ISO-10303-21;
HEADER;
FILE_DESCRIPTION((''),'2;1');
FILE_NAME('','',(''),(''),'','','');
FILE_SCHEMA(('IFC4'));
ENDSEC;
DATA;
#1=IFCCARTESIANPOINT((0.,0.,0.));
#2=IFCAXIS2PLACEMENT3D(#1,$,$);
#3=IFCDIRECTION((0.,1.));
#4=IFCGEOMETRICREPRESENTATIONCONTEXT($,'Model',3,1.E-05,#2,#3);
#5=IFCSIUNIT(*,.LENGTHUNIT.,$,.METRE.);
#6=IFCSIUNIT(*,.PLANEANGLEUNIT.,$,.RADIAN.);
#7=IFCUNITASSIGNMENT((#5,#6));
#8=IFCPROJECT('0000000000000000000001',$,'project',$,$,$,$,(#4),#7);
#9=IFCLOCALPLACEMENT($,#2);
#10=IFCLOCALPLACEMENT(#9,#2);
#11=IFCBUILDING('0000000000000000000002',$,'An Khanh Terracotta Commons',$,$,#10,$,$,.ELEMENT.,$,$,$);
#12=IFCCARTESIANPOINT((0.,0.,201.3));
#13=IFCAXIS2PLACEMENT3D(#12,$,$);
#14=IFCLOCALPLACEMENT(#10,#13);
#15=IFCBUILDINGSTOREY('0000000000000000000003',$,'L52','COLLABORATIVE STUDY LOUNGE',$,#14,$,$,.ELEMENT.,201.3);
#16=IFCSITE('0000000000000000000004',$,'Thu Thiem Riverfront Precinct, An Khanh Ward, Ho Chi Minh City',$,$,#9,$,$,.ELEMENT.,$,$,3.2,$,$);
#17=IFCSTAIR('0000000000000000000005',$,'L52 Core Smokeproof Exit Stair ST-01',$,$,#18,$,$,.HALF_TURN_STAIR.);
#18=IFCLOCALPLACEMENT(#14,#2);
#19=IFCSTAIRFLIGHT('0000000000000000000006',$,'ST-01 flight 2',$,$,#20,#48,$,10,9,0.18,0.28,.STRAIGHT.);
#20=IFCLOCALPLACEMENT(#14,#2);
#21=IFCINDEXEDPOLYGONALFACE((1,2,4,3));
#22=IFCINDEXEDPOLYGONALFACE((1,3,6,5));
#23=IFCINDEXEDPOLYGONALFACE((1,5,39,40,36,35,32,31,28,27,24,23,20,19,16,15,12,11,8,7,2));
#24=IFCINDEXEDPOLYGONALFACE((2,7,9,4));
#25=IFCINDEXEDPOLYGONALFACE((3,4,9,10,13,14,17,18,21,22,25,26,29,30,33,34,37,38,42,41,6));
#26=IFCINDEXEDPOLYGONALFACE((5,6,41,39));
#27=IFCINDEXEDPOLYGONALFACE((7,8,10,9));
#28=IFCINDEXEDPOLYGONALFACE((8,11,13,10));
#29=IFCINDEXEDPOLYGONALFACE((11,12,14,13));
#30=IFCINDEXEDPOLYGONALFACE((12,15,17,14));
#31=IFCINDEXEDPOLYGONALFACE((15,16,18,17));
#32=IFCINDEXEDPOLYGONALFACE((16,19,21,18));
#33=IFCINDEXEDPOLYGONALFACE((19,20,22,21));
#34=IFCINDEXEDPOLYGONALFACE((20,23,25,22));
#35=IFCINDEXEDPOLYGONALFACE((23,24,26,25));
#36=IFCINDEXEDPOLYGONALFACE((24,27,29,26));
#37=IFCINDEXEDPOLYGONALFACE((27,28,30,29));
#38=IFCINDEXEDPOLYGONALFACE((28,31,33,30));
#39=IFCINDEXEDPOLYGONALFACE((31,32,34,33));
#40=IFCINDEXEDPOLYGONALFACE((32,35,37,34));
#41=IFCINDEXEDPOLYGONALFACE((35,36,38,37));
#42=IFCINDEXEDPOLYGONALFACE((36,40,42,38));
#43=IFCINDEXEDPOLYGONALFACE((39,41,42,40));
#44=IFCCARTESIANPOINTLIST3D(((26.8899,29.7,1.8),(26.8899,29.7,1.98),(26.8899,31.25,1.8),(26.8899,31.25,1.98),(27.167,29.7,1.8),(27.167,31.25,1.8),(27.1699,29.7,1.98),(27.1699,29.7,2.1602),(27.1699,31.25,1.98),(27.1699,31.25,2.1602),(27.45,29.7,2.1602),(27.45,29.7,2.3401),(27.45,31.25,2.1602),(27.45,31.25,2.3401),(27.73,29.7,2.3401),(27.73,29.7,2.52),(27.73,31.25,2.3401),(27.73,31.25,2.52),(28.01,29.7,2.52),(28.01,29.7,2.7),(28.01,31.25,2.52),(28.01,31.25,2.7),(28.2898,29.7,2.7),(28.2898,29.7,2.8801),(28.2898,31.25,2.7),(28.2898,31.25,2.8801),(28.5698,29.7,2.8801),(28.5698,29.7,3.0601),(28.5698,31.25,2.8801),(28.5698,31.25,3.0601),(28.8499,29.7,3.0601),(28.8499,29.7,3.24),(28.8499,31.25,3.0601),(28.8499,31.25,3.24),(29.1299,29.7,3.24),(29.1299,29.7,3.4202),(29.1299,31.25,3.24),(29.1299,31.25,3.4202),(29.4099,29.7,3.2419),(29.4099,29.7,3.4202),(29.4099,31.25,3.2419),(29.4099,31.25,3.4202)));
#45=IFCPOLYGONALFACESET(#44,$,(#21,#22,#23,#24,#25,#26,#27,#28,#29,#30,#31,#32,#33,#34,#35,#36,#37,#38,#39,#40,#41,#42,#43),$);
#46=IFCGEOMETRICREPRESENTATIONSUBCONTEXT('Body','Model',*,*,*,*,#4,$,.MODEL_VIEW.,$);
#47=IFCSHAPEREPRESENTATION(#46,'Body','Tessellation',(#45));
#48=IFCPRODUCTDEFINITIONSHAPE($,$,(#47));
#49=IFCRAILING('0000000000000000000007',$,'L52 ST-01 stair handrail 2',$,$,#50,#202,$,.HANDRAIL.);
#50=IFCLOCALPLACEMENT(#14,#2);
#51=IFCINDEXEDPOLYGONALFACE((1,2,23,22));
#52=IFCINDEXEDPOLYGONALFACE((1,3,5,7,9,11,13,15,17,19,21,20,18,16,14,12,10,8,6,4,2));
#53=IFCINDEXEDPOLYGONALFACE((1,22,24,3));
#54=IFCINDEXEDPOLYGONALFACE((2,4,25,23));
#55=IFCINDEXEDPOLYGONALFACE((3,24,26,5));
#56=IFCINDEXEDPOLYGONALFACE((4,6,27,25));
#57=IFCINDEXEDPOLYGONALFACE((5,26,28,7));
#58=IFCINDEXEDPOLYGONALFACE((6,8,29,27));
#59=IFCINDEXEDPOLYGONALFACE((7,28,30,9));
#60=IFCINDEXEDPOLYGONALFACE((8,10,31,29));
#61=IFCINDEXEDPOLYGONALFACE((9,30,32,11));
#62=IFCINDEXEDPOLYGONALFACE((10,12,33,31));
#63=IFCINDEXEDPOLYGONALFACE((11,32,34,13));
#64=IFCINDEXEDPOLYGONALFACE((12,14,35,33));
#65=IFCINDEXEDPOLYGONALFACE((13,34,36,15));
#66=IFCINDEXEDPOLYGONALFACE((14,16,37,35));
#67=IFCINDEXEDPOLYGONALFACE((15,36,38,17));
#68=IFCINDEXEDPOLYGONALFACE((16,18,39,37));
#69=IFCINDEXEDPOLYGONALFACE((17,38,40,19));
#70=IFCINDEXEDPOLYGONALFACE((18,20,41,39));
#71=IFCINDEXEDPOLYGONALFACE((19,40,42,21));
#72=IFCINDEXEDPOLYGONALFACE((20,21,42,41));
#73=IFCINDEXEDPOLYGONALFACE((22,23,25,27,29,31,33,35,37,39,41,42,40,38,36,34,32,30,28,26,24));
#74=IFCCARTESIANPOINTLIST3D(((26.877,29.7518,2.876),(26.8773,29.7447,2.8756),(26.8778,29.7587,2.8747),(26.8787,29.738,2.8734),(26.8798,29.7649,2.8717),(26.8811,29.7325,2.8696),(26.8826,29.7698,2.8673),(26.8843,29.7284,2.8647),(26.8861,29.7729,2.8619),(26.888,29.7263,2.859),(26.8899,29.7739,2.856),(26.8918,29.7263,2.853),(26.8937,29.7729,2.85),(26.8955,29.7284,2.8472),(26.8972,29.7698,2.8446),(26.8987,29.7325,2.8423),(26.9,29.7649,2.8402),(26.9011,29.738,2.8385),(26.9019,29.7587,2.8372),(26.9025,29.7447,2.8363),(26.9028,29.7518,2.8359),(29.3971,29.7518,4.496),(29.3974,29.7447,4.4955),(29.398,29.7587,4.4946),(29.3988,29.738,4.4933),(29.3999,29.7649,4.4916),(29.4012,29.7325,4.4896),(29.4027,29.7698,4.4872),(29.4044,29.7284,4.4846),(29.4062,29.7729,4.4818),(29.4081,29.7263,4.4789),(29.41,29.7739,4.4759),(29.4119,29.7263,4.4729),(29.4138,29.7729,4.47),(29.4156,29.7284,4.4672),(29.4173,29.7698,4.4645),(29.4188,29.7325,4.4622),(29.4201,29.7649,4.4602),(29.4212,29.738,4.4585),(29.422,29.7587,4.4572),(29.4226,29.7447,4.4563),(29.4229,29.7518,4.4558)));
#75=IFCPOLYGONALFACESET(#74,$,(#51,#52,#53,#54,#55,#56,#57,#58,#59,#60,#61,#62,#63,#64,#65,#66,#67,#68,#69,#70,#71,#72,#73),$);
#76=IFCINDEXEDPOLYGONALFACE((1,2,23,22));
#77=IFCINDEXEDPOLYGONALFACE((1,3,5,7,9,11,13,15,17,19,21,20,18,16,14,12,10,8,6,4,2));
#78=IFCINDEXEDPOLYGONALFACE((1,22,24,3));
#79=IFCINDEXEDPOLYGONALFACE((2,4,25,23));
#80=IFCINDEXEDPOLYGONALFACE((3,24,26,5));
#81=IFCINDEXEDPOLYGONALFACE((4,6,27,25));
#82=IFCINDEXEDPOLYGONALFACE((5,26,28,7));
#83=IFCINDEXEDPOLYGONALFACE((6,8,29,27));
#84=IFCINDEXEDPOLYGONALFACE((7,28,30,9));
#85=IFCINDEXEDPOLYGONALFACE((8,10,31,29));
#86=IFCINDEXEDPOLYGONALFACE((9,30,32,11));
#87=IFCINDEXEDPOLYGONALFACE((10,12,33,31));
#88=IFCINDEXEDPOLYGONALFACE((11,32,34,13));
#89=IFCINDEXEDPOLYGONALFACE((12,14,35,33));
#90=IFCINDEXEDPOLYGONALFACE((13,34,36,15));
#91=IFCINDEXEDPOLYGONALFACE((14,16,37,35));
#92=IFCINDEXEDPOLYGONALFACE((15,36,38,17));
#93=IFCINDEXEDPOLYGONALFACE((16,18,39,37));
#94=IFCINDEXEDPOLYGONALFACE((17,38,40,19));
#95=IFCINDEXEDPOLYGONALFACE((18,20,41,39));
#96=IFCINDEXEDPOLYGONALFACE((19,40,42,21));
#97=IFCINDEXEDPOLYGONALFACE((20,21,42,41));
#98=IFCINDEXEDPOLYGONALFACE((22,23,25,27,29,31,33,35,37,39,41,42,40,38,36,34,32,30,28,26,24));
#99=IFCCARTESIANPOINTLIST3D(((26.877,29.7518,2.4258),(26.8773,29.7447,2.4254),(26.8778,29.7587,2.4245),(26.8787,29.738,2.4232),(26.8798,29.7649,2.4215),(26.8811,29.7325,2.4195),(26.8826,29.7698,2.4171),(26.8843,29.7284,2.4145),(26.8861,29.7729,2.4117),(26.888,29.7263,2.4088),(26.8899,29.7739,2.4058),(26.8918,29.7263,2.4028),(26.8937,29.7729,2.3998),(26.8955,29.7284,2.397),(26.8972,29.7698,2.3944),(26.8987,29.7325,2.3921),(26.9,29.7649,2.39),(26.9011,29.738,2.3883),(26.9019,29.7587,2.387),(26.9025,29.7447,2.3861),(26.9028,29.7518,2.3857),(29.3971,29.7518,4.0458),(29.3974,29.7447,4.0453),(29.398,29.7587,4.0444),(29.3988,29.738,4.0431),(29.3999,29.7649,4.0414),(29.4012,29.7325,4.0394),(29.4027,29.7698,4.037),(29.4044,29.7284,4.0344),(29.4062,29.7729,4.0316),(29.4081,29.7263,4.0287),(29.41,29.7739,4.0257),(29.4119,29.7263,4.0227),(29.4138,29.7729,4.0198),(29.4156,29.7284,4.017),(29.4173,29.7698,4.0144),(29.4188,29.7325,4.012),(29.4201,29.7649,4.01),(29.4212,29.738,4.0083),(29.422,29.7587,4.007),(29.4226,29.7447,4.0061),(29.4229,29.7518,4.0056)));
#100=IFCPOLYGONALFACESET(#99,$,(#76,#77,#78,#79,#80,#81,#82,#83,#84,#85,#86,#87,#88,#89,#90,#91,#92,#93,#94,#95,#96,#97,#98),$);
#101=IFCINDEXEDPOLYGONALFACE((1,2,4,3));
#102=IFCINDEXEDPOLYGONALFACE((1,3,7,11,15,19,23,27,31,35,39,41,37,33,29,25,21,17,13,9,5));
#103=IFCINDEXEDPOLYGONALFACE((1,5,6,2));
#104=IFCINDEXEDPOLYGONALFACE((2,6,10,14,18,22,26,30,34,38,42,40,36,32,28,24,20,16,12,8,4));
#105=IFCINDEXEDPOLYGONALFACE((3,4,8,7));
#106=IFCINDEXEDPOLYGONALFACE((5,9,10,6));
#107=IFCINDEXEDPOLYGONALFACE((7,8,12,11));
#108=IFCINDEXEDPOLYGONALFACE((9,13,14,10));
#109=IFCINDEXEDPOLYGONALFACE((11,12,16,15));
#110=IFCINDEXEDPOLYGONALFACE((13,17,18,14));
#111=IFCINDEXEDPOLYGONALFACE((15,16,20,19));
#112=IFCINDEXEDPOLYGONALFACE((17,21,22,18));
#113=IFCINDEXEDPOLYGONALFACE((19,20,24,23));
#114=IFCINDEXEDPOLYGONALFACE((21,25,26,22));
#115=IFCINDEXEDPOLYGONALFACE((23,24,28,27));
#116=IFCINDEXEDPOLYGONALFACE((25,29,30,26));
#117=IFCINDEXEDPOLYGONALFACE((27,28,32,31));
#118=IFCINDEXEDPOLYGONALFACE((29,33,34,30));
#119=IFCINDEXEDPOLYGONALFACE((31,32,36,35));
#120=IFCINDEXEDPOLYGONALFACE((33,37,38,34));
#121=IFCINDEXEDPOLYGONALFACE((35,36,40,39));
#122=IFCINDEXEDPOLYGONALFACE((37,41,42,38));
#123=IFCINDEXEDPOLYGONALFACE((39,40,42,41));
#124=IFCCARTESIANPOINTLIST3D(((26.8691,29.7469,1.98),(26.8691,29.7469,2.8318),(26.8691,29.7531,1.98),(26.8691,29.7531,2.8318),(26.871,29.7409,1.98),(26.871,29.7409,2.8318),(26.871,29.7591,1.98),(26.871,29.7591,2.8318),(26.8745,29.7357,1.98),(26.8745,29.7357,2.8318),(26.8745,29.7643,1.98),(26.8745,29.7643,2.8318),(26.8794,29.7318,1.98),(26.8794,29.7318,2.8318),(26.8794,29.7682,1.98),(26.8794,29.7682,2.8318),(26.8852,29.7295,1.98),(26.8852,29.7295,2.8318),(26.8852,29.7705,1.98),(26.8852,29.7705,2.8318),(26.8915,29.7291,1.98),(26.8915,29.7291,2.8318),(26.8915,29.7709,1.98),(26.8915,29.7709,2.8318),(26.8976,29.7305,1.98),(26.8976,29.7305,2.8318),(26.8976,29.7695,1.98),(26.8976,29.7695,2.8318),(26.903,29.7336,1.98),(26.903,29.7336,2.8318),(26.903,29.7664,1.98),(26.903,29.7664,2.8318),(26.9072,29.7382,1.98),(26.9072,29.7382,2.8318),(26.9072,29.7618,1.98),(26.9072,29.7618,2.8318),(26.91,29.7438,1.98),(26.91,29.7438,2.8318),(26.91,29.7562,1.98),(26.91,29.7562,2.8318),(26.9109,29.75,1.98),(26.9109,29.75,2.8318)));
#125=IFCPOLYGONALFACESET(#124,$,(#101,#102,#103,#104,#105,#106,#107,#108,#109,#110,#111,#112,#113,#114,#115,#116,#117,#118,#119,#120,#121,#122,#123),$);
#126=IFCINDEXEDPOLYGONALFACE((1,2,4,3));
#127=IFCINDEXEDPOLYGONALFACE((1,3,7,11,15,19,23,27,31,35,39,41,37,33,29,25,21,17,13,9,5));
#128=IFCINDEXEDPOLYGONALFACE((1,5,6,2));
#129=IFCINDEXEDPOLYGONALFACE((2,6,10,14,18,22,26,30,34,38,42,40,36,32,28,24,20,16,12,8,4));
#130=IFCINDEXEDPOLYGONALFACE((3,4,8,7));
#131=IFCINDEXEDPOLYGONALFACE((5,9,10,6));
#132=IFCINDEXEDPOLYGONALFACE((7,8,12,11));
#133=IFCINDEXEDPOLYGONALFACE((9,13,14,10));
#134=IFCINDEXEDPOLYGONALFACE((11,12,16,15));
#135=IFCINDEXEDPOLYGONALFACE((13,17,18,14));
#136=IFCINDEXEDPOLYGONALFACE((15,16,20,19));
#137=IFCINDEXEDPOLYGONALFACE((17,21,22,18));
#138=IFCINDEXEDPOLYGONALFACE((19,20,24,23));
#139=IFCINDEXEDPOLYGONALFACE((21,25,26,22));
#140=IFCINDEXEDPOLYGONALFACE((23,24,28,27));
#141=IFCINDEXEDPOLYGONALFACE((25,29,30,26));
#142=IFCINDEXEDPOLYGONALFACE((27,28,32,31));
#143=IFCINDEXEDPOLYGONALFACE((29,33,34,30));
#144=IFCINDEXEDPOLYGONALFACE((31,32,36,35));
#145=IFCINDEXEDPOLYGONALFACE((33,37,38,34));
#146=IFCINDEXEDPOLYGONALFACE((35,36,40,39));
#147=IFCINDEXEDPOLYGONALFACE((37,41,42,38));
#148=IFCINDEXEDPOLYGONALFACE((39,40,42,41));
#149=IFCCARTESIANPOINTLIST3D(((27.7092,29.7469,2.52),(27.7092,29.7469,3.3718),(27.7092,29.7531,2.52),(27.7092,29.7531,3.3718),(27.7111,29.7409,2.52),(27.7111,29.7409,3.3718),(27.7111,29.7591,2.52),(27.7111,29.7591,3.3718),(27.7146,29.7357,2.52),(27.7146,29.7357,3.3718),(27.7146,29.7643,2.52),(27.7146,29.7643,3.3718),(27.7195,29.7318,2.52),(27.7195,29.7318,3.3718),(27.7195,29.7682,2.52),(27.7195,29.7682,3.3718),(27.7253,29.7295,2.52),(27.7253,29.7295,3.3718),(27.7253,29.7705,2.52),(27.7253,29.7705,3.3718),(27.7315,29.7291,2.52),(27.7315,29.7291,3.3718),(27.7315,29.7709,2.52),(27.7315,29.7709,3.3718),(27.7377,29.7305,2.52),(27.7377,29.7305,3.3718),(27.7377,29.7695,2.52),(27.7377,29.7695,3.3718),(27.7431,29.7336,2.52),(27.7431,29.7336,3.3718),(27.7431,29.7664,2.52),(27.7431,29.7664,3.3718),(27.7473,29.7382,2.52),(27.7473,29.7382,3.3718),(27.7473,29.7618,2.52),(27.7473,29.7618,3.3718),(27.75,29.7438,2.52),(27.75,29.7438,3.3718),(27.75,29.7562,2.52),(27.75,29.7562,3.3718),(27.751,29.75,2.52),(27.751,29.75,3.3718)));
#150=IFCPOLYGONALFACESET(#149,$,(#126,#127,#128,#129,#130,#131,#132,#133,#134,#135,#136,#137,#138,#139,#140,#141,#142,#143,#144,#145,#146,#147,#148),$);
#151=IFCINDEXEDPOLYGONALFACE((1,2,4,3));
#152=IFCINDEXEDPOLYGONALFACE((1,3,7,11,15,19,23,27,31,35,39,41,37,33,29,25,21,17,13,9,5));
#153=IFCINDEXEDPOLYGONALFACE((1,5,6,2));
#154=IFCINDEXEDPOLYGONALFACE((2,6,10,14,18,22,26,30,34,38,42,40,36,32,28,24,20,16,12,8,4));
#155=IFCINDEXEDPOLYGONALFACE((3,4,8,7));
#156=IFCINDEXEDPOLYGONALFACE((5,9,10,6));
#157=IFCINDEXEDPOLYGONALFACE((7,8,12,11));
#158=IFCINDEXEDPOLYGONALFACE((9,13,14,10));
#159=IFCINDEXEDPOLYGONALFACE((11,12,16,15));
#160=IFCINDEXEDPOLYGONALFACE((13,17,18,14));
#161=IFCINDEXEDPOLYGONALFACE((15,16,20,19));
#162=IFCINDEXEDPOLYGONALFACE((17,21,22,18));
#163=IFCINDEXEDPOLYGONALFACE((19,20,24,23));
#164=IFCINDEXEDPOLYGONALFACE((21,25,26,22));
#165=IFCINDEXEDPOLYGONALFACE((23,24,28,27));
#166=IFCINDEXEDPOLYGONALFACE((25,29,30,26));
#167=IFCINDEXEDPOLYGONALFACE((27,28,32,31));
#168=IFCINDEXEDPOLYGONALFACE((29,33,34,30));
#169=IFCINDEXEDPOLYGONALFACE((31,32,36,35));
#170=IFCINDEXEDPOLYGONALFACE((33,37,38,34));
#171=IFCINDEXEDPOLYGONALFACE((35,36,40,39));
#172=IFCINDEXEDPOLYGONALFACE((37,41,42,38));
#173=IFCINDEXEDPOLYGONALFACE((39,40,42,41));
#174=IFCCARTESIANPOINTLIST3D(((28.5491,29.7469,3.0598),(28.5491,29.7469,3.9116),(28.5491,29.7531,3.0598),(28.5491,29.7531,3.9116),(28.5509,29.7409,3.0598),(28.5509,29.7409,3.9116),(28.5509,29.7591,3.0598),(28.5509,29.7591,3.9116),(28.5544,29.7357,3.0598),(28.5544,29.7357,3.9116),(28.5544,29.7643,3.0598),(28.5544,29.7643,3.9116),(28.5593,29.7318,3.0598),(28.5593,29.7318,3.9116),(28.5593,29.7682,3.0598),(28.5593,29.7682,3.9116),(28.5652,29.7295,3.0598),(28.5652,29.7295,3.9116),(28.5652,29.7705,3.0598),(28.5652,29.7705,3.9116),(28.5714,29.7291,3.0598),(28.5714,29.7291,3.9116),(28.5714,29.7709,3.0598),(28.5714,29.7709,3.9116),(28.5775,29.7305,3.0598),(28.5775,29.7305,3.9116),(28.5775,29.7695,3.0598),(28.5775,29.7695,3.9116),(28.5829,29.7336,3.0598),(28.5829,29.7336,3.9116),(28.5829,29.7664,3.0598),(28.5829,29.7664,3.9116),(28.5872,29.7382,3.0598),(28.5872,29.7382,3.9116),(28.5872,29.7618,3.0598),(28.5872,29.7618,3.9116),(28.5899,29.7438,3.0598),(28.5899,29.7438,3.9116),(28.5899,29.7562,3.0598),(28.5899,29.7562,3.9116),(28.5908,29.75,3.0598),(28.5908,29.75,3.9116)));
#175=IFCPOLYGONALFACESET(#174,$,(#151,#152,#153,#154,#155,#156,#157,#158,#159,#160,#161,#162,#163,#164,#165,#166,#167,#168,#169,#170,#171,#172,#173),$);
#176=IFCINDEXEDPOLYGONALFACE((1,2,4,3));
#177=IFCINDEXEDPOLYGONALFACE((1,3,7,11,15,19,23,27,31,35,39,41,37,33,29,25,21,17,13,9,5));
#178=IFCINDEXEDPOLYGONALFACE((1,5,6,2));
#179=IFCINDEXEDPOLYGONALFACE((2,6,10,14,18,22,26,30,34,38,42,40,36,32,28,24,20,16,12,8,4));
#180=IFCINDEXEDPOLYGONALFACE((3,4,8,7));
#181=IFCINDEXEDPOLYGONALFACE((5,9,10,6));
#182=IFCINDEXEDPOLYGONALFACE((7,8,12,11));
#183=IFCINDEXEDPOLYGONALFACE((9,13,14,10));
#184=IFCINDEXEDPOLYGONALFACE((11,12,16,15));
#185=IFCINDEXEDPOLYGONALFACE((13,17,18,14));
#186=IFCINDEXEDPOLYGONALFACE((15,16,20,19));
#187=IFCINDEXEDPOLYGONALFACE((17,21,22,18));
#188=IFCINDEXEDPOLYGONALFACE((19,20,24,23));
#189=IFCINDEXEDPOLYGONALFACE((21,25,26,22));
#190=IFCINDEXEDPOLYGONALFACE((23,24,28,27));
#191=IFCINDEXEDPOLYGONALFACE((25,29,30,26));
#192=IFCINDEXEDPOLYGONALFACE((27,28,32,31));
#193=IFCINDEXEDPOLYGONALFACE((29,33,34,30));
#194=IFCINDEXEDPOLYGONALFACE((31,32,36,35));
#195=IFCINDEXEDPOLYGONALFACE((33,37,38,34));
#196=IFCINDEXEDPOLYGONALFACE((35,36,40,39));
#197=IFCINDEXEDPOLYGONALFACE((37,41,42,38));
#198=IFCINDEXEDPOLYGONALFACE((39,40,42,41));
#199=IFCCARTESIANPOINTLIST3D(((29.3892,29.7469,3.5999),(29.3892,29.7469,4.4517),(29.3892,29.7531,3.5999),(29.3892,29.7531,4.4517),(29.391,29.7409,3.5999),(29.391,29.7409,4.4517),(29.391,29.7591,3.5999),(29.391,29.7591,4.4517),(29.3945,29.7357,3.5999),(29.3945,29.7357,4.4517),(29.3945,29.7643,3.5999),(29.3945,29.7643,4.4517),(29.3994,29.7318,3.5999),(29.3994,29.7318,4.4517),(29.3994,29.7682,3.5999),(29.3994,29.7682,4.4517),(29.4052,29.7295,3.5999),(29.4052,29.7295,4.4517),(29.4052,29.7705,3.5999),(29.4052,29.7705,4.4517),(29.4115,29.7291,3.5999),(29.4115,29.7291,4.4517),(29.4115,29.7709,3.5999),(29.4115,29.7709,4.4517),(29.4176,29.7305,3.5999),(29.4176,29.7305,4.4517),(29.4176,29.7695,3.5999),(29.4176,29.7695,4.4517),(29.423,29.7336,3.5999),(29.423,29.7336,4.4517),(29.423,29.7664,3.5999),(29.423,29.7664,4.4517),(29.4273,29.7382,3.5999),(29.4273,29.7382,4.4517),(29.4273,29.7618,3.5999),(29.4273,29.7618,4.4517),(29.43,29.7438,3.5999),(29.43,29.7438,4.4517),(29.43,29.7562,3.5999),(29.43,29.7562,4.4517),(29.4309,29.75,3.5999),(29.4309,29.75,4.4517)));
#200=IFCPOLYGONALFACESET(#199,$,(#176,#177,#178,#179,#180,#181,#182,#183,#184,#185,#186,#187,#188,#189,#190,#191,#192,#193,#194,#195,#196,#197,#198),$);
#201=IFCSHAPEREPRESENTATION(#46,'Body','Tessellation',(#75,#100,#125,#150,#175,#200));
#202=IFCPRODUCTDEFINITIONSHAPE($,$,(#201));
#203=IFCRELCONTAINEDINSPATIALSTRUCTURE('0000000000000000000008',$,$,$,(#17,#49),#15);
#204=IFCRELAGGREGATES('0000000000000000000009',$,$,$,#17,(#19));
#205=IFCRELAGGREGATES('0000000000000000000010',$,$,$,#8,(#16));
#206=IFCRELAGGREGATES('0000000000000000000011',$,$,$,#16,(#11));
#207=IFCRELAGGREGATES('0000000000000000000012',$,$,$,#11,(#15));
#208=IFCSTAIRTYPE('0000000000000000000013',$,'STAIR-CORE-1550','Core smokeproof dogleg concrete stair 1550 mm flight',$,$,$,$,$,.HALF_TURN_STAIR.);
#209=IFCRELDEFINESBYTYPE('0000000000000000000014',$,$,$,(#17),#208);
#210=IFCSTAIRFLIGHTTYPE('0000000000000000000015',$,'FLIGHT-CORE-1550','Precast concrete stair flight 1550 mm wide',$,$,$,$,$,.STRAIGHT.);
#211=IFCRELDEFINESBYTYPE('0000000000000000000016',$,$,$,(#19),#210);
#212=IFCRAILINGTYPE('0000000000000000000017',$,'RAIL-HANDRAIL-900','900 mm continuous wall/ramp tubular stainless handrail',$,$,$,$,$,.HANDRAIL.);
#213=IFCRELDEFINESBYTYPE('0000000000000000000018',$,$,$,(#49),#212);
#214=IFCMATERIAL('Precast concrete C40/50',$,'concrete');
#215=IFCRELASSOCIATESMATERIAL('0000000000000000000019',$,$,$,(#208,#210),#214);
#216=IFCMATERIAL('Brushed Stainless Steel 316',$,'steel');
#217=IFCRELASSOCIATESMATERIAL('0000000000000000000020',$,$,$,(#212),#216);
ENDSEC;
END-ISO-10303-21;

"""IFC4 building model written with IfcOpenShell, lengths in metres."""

from ifc_helpers import new_model, si_unit, direction, frame, origin, origin_2d, place, context, subcontext, project, spatial, polyline, circle, outline, extrude, material, type_object, element, aggregate, save


model = new_model("IFC4")

# Units and contexts
model_context = context("Model", 3, precision=1e-05, world=origin(), true_north=direction((0.0, 1.0)))
body_context = subcontext(model_context, "Body", "Model", "MODEL_VIEW")
ifc_project = project(units=[si_unit("LENGTHUNIT", "METRE"), si_unit("PLANEANGLEUNIT", "RADIAN")], contexts=[model_context])

# Site, building, storey
site_placement = place(None, origin())
site = spatial("IfcSite", under=ifc_project, at=site_placement, Name="Thu Thiem Riverfront Precinct, An Khanh Ward, Ho Chi Minh City", CompositionType="ELEMENT", RefElevation=3.2)
building_placement = place(site_placement, origin())
building = spatial("IfcBuilding", under=site, at=building_placement, Name="An Khanh Terracotta Commons", CompositionType="ELEMENT")
storey_placement = place(building_placement, frame((0.0, 0.0, 201.3)))
storey = spatial("IfcBuildingStorey", under=building, at=storey_placement, Name="L52", Description="COLLABORATIVE STUDY LOUNGE", CompositionType="ELEMENT", Elevation=201.3)

# Stair, stair flight
ifc_material_1 = material(Name="Precast concrete C40/50", Category="concrete")
stair_type = type_object("IfcStairType", Name="STAIR-CORE-1550", Description="Core smokeproof dogleg concrete stair 1550 mm flight", PredefinedType="HALF_TURN_STAIR", material=ifc_material_1)
stair_placement = place(storey_placement, origin())
stair = element("IfcStair", 1, at=stair_placement, inside=storey, type_object=stair_type, Name="L52 Core Smokeproof Exit Stair ST-01", PredefinedType="HALF_TURN_STAIR")
stair_flight_type = type_object("IfcStairFlightType", Name="FLIGHT-CORE-1550", Description="Precast concrete stair flight 1550 mm wide", PredefinedType="STRAIGHT", material=ifc_material_1)
stair_flight_placement = place(storey_placement, frame((26.8899, 30.4751, 1.8), z_axis=(0.0, 0.0, 1.0), x_axis=(1.0, 0.0, 0.0)))
stair_flight = element("IfcStairFlight", 2, at=stair_flight_placement, type_object=stair_flight_type, Name="ST-01 flight 2", NumberOfRisers=10, NumberOfTreads=9, PredefinedType="STRAIGHT", RiserHeight=0.18, TreadLength=0.28, context=body_context, shape_type="SweptSolid", body=[
    extrude(outline(polyline([(0.0, 0.0), (0.0, 0.1799), (0.28, 0.1799), (0.28, 0.3601), (0.5601, 0.3601), (0.5601, 0.54), (0.8401, 0.54), (0.8401, 0.72), (1.1201, 0.72), (1.1201, 0.8999), (1.3999, 0.8999), (1.3999, 1.0801), (1.6799, 1.0801), (1.6799, 1.26), (1.96, 1.26), (1.96, 1.4399), (2.24, 1.4399), (2.24, 1.6201), (2.52, 1.6201), (2.52, 1.8), (2.52, 1.4419), (0.2771, 0.0), (0.0, 0.0)])), frame((0.0, 0.7749, 0.0), z_axis=(0.0, -1.0, 0.0), x_axis=(1.0, 0.0, 0.0)), (0.0, 0.0, 1.0), 1.55),
])
aggregate(stair, [stair_flight])

# Railing
ifc_material_2 = material(Name="Brushed Stainless Steel 316", Category="steel")
railing_type_1 = type_object("IfcRailingType", Name="RAIL-HANDRAIL-900", Description="900 mm continuous wall/ramp tubular stainless handrail", PredefinedType="HANDRAIL", material=ifc_material_2)
railing_1_placement = place(storey_placement, frame((26.8899, 29.75, 1.98)))
element("IfcRailing", 3, at=railing_1_placement, inside=storey, type_object=railing_type_1, Name="L52 ST-01 stair handrail 2", PredefinedType="HANDRAIL", context=body_context, shape_type="SweptSolid", body=[
    extrude(circle(Radius=0.0239, at=origin_2d()), frame((0.0, 0.0, 0.876), z_axis=(0.8412, 0.0, 0.540725), x_axis=(0.0, 1.0, 0.0)), (0.0, 0.0, 1.0), 2.9958),
    extrude(circle(Radius=0.0239, at=origin_2d()), frame((0.0, 0.0, 0.4258), z_axis=(0.8412, 0.0, 0.540725), x_axis=(0.0, 1.0, 0.0)), (0.0, 0.0, 1.0), 2.9958),
    extrude(circle(Radius=0.021, at=origin_2d()), origin(), (0.0, 0.0, 1.0), 0.8518),
    extrude(circle(Radius=0.021, at=origin_2d()), frame((0.8401, 0.0, 0.54)), (0.0, 0.0, 1.0), 0.8518),
    extrude(circle(Radius=0.021, at=origin_2d()), frame((1.6799, 0.0, 1.0798)), (0.0, 0.0, 1.0), 0.8518),
    extrude(circle(Radius=0.021, at=origin_2d()), frame((2.52, 0.0, 1.6199)), (0.0, 0.0, 1.0), 0.8518),
])

save(model, "model.ifc")
